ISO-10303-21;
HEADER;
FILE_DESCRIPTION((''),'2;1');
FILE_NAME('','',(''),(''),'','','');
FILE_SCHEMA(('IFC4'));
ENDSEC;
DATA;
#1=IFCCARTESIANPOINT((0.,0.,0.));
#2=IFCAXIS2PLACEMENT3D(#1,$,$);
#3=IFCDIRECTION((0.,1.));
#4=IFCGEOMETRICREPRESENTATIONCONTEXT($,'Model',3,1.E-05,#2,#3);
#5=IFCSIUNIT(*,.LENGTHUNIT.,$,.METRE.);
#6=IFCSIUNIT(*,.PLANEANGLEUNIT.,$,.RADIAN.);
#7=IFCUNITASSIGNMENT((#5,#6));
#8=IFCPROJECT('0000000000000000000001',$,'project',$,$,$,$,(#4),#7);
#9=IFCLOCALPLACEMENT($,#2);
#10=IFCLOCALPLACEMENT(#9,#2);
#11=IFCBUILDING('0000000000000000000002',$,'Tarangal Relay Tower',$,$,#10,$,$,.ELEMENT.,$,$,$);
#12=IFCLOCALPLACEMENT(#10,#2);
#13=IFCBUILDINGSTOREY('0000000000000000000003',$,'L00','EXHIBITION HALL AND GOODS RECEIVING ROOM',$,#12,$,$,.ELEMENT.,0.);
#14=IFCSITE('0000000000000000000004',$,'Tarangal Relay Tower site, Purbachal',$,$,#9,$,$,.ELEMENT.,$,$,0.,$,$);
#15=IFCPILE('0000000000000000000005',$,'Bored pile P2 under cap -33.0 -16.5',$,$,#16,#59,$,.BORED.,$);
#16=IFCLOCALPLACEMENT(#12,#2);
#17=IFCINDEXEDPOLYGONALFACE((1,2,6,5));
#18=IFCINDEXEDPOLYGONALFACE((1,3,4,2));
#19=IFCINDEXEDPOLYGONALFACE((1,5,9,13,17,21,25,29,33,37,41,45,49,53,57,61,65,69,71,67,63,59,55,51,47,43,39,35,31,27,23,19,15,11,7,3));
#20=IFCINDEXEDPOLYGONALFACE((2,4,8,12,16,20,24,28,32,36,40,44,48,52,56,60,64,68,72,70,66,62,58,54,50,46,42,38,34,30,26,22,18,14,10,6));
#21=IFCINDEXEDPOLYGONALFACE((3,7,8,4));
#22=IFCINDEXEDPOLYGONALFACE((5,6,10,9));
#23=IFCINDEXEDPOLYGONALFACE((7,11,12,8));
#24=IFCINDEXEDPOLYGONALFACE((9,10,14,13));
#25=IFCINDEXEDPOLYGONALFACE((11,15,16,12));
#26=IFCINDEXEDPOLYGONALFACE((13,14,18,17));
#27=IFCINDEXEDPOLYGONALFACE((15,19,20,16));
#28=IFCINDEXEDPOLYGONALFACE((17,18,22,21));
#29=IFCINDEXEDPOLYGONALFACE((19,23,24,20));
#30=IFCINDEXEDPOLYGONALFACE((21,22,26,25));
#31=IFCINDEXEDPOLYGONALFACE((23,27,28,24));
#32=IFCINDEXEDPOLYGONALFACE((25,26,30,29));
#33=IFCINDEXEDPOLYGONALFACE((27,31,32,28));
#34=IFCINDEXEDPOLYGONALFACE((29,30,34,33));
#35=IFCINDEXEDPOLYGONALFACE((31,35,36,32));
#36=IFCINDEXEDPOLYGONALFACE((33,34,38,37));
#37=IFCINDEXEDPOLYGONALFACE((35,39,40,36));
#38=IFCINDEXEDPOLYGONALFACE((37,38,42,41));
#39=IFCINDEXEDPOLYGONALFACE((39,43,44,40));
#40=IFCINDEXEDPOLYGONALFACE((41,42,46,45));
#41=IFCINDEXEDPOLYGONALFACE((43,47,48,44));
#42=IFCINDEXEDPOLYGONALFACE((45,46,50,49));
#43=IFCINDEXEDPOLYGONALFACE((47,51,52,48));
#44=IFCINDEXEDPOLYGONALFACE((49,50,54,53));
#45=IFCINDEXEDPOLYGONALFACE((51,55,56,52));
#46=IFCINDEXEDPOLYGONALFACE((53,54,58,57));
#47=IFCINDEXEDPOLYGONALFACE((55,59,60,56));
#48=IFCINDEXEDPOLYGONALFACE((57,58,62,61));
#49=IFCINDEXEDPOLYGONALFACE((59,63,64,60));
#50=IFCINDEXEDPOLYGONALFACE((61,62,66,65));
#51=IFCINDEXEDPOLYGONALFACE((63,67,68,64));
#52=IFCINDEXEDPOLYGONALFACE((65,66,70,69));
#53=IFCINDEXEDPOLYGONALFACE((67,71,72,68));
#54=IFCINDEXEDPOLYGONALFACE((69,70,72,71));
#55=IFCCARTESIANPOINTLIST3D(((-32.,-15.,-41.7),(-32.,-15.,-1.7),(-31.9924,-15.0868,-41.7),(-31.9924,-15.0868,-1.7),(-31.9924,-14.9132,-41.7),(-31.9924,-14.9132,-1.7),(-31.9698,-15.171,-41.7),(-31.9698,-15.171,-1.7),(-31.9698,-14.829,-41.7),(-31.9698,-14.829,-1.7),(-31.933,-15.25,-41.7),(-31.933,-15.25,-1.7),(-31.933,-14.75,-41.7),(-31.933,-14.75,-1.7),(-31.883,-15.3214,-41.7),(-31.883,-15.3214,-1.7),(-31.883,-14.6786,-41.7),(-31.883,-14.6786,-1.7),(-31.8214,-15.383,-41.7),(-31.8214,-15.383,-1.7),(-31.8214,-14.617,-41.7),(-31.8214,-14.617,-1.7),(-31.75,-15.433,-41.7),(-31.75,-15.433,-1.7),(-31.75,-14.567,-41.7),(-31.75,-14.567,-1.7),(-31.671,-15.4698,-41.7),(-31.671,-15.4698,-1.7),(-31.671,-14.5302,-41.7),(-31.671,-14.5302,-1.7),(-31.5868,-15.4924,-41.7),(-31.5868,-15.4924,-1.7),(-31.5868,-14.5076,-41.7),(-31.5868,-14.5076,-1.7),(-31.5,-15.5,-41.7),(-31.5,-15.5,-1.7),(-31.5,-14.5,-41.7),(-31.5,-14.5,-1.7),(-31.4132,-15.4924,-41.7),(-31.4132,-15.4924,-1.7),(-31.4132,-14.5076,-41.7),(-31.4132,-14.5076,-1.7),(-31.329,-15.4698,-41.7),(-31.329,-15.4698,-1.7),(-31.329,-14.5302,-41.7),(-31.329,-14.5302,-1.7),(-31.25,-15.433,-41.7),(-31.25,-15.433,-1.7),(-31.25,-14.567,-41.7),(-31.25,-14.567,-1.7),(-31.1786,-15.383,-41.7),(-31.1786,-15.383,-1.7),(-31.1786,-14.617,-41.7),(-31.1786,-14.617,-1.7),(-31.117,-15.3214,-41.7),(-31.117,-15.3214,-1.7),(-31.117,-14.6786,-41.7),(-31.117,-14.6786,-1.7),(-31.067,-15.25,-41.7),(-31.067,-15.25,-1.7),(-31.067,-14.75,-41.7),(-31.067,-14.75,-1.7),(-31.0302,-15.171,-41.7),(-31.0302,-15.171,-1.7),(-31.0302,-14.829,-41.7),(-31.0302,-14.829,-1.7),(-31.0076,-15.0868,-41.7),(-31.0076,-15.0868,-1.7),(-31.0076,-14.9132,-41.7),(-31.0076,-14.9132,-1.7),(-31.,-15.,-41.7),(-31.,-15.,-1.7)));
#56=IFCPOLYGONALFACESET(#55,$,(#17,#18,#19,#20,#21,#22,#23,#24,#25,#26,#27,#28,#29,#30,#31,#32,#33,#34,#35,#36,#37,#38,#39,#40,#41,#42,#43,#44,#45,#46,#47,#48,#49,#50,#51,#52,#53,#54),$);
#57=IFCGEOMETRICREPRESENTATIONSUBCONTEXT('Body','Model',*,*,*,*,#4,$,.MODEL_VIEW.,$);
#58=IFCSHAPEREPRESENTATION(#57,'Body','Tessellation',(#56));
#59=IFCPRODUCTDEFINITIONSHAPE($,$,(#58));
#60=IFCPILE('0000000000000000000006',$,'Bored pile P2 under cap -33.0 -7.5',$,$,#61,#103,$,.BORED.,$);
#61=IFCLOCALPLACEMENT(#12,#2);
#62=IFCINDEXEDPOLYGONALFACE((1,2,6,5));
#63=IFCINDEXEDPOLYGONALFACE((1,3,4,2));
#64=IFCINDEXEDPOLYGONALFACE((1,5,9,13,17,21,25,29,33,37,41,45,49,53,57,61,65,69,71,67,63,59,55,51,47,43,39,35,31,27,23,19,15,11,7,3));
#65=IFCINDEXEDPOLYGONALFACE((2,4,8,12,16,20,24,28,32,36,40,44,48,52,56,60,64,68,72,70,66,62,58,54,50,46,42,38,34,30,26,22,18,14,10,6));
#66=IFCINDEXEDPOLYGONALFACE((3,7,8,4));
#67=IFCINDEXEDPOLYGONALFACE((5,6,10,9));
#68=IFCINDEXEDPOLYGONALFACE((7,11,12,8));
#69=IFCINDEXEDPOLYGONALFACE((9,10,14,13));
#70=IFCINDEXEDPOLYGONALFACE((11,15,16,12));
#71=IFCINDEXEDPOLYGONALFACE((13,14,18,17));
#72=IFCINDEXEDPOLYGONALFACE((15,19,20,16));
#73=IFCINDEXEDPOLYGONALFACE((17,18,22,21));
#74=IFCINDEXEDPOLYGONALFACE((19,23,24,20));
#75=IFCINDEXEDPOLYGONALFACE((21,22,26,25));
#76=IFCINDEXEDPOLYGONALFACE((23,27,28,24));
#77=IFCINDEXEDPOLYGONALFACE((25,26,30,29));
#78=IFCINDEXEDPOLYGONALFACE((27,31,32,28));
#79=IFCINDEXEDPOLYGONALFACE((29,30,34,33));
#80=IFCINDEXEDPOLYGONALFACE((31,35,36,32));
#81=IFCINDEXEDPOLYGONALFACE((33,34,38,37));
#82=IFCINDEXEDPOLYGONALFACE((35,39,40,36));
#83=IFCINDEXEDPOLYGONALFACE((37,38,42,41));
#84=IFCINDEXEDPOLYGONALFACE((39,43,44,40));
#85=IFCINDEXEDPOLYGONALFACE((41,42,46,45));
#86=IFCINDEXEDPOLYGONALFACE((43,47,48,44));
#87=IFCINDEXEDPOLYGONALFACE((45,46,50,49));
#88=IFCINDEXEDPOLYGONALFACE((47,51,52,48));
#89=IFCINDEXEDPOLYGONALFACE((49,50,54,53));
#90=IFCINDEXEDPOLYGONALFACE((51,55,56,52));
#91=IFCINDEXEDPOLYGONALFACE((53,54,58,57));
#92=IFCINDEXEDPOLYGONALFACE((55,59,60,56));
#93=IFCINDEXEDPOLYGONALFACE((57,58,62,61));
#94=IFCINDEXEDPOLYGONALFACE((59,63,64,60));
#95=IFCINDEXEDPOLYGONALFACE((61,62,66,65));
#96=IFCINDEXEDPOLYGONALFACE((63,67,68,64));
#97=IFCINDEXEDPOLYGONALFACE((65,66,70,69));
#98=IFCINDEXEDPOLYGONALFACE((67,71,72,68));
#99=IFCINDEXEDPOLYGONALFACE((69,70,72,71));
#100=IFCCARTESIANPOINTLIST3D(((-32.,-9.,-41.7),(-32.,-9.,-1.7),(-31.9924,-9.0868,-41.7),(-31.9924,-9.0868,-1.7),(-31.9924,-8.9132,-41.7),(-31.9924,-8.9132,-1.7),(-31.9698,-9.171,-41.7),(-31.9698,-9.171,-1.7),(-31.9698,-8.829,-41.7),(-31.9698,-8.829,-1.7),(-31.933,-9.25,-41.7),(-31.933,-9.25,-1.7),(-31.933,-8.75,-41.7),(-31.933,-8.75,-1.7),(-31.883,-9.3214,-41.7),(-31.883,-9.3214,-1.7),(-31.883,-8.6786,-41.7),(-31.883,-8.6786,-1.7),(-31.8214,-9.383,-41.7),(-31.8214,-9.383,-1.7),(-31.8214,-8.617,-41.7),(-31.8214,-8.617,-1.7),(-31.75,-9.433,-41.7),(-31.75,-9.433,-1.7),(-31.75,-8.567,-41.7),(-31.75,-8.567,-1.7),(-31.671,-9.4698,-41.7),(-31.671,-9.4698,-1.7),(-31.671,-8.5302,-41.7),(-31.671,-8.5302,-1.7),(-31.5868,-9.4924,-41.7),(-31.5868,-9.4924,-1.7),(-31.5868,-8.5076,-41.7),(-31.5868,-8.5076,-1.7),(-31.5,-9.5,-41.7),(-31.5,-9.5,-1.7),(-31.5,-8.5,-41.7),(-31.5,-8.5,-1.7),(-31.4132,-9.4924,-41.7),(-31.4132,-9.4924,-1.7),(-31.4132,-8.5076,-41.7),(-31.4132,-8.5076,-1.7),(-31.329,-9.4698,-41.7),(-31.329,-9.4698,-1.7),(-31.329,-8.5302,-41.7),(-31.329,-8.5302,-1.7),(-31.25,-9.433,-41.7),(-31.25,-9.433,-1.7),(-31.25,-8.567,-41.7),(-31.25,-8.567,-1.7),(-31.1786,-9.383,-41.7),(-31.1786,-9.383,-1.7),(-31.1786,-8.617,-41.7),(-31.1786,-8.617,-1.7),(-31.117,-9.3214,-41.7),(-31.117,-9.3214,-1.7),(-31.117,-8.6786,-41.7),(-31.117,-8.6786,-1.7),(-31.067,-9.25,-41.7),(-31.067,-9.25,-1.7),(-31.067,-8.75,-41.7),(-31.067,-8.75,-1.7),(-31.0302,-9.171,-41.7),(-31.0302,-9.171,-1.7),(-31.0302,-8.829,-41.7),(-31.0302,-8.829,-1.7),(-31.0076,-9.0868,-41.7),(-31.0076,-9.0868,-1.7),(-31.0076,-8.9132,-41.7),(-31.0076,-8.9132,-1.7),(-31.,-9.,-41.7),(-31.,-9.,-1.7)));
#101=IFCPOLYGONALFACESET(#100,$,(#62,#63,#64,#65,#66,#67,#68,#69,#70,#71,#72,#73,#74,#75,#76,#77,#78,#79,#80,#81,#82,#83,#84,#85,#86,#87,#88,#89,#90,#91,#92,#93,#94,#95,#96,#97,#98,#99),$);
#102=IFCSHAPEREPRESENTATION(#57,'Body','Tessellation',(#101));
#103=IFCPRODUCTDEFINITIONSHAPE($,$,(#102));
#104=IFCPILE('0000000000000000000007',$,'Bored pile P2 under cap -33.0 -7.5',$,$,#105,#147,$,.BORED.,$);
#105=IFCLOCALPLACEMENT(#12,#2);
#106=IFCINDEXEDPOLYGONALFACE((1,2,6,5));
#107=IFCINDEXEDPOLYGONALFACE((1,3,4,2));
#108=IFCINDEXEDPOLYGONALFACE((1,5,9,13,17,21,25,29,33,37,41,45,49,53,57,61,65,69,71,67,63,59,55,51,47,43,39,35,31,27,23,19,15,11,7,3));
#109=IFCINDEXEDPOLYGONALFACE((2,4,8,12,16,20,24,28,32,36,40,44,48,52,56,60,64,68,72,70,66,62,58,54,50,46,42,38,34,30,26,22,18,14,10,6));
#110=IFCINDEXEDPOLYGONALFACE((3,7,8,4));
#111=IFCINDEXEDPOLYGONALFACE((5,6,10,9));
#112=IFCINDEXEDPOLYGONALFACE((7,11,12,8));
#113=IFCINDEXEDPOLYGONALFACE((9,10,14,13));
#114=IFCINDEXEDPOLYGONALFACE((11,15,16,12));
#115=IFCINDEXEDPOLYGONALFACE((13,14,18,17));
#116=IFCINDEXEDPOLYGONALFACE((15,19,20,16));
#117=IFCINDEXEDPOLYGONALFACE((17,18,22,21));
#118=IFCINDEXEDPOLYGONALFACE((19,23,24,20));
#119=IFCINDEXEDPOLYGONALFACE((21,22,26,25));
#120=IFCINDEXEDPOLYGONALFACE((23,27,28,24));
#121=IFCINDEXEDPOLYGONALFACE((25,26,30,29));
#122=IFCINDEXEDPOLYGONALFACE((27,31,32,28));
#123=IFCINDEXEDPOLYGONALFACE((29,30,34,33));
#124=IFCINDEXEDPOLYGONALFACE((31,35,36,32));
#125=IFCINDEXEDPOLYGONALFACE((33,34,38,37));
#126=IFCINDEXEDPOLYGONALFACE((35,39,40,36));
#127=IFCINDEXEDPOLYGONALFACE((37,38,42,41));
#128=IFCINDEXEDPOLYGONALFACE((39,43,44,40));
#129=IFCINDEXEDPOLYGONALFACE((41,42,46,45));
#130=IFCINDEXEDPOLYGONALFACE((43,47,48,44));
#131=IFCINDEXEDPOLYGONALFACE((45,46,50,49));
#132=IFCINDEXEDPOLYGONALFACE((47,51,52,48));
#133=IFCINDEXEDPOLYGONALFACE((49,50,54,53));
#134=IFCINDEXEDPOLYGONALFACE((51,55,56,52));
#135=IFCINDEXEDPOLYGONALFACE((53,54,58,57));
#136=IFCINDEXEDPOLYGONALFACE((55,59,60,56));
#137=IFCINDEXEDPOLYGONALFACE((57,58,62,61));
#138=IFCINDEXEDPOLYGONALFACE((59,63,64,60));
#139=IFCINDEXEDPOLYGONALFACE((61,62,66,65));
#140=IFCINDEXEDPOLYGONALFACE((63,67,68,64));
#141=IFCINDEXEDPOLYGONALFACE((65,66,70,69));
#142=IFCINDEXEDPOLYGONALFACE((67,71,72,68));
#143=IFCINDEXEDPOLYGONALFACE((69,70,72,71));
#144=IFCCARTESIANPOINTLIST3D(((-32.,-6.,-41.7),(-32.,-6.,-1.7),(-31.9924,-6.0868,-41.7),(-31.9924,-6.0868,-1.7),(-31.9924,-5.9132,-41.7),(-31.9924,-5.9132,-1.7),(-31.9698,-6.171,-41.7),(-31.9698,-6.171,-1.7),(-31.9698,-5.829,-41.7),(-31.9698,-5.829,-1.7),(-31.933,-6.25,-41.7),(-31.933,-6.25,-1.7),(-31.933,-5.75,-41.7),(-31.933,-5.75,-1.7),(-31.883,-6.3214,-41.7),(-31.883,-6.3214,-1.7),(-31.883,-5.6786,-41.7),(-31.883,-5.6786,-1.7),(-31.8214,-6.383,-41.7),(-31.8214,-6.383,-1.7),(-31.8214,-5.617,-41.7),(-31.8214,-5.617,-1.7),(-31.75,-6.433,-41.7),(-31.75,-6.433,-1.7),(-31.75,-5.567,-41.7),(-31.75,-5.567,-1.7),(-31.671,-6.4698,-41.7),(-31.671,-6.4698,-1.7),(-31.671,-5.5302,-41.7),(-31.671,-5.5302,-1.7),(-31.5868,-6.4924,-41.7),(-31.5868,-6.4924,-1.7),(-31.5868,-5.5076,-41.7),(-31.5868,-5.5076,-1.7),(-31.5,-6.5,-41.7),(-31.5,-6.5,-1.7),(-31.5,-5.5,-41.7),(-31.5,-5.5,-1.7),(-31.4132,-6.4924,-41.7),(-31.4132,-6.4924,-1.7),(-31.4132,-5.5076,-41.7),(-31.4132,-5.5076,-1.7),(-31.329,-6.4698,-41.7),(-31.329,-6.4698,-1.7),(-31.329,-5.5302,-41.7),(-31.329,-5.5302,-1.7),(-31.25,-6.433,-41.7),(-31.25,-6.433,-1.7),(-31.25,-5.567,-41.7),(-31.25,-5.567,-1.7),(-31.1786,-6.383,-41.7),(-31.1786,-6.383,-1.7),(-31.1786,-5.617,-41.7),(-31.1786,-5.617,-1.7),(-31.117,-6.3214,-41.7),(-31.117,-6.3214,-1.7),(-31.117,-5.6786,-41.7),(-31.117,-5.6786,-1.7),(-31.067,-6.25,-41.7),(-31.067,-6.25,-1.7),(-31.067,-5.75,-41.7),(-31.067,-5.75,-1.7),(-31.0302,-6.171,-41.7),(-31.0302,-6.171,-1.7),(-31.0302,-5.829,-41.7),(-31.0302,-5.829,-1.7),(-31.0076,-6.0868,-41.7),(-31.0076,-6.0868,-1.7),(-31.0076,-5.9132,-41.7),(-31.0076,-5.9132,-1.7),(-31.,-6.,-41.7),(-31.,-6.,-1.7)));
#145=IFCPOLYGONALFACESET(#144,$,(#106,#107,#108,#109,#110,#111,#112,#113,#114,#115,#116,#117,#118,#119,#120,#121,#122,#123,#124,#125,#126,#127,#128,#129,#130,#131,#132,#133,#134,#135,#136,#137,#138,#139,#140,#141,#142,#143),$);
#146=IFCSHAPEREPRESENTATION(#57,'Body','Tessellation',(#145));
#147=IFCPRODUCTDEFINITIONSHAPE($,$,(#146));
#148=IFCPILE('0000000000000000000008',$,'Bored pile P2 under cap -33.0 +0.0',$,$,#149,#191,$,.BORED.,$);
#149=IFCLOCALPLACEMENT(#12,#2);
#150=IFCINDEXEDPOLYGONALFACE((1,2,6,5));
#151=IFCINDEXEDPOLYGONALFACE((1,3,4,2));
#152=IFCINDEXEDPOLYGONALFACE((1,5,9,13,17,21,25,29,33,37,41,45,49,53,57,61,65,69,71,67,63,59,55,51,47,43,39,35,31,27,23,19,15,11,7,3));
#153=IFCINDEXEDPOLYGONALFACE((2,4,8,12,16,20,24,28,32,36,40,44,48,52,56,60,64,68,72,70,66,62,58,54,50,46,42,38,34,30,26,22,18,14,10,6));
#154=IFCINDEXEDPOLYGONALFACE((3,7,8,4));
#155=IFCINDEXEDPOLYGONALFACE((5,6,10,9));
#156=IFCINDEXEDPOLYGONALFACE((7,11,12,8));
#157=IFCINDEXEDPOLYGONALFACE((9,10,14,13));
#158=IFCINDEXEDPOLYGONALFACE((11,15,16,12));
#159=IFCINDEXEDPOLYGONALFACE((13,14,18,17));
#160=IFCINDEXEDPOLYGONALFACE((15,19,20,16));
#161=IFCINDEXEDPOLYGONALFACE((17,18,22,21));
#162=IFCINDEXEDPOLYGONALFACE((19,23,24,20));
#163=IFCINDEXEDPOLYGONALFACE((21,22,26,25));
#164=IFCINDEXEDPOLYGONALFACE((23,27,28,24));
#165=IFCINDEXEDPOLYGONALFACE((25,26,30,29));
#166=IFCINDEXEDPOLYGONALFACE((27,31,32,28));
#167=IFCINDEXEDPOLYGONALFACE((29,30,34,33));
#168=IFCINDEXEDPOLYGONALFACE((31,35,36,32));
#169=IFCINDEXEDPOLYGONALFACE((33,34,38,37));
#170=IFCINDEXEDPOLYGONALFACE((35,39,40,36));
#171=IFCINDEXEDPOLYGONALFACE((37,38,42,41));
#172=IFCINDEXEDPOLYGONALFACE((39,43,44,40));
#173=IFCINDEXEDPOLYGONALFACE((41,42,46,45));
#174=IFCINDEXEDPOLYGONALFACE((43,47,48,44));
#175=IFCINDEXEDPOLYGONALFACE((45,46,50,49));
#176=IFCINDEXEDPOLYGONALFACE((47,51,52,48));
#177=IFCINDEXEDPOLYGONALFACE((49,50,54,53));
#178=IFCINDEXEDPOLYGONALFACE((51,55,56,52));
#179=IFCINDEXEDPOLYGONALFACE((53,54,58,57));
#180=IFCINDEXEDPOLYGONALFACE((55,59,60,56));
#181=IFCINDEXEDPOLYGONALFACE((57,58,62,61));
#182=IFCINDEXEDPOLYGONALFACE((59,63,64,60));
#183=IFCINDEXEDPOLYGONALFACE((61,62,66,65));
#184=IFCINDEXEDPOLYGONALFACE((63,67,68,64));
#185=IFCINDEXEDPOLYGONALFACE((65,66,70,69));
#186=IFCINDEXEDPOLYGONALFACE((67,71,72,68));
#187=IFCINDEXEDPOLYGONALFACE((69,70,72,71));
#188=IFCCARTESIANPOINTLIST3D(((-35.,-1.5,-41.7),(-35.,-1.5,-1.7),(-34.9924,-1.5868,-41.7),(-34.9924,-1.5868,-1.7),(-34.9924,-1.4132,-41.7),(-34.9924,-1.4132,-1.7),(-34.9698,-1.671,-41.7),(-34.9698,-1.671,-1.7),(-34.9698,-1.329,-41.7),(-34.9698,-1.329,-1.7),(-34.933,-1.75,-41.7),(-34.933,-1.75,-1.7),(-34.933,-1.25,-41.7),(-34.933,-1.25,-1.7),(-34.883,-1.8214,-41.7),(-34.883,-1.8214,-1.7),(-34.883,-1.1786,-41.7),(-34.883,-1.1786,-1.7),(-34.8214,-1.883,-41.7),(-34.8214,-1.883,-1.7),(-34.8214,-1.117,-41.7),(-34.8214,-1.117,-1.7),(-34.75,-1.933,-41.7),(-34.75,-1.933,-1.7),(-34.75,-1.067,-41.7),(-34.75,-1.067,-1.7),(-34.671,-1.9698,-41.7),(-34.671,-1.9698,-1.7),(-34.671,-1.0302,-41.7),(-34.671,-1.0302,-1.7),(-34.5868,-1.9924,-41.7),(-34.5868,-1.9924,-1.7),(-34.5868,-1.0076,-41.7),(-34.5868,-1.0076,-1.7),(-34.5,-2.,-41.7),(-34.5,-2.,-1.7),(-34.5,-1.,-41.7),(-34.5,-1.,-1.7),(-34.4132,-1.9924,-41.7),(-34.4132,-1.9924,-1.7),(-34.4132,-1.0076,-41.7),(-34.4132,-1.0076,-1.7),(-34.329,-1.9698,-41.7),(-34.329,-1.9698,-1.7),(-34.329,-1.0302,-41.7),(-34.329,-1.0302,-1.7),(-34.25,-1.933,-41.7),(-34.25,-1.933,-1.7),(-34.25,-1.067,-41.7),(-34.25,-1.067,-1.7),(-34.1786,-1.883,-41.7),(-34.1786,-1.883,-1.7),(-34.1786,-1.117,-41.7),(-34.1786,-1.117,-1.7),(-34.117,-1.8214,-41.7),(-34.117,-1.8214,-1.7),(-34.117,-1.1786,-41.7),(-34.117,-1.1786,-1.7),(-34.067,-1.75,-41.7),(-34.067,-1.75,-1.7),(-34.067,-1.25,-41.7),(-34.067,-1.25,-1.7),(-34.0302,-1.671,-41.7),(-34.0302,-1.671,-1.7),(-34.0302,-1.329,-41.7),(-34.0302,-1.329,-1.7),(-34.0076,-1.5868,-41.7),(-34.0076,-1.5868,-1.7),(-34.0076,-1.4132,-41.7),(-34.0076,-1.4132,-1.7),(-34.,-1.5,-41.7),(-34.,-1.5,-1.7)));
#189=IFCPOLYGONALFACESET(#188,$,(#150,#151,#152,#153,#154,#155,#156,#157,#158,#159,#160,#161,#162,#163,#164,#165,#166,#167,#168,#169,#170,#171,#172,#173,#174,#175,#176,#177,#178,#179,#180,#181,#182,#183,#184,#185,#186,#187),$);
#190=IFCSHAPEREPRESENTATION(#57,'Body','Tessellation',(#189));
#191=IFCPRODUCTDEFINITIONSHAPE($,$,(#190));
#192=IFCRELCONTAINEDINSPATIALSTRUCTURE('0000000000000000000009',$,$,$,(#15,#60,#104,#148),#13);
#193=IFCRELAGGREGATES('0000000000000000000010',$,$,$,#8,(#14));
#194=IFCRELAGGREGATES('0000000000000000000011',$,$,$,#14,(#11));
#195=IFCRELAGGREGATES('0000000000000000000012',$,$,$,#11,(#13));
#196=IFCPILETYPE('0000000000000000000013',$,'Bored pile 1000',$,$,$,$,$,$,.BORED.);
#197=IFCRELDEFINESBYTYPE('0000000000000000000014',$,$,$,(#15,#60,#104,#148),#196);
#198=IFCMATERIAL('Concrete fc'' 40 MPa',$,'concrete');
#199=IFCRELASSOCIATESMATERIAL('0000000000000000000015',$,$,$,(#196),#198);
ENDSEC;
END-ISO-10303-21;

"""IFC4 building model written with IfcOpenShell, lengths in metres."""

from ifc_helpers import new_model, si_unit, direction, frame, origin, origin_2d, place, context, subcontext, project, spatial, circle, extrude, material, material_profile, profile_set, type_object, element, save


model = new_model("IFC4")

# Units and contexts
model_context = context("Model", 3, precision=1e-05, world=origin(), true_north=direction((0.0, 1.0)))
body_context = subcontext(model_context, "Body", "Model", "MODEL_VIEW")
ifc_project = project(units=[si_unit("LENGTHUNIT", "METRE"), si_unit("PLANEANGLEUNIT", "RADIAN")], contexts=[model_context])

# Site, building, storey
site_placement = place(None, origin())
site = spatial("IfcSite", under=ifc_project, at=site_placement, Name="Tarangal Relay Tower site, Purbachal", CompositionType="ELEMENT", RefElevation=0.0)
building_placement = place(site_placement, origin())
building = spatial("IfcBuilding", under=site, at=building_placement, Name="Tarangal Relay Tower", CompositionType="ELEMENT")
storey_placement = place(building_placement, origin())
storey = spatial("IfcBuildingStorey", under=building, at=storey_placement, Name="L00", Description="EXHIBITION HALL AND GOODS RECEIVING ROOM", CompositionType="ELEMENT", Elevation=0.0)

# Piles
ifc_material_1 = material(Name="Concrete fc' 40 MPa", Category="concrete")
ifc_material_profile_1 = material_profile(ifc_material_1, circle(Radius=0.5, at=origin_2d()), Name="D1000")
ifc_profile_set_1 = profile_set([ifc_material_profile_1], Name="Concrete fc' 40 MPa")
pile_type_1 = type_object("IfcPileType", Name="Bored pile 1000", PredefinedType="BORED", material=ifc_profile_set_1)
for number, where, z_axis, x_axis, name in (
    (1, (-31.5, -15.0, -1.7), (0.0, 0.0, -1.0), (1.0, 0.0, 0.0), "Bored pile P2 under cap -33.0 -16.5"),
    (2, (-31.5, -9.0, -1.7), (0.0, 0.0, -1.0), (1.0, 0.0, 0.0), "Bored pile P2 under cap -33.0 -7.5"),
    (3, (-31.5, -6.0, -1.7), (0.0, 0.0, -1.0), (1.0, 0.0, 0.0), "Bored pile P2 under cap -33.0 -7.5"),
    (4, (-34.5, -1.5, -1.7), (0.0, 0.0, -1.0), (1.0, 0.0, 0.0), "Bored pile P2 under cap -33.0 +0.0"),
):
    element("IfcPile", number, at=place(storey_placement, frame(where, z_axis=z_axis, x_axis=x_axis)), inside=storey, type_object=pile_type_1, Name=name, PredefinedType="BORED", context=body_context, shape_type="SweptSolid", body=[
        extrude(circle(Radius=0.5, at=origin_2d()), origin(), (0.0, 0.0, 1.0), 40.0),
    ])

save(model, "model.ifc")
